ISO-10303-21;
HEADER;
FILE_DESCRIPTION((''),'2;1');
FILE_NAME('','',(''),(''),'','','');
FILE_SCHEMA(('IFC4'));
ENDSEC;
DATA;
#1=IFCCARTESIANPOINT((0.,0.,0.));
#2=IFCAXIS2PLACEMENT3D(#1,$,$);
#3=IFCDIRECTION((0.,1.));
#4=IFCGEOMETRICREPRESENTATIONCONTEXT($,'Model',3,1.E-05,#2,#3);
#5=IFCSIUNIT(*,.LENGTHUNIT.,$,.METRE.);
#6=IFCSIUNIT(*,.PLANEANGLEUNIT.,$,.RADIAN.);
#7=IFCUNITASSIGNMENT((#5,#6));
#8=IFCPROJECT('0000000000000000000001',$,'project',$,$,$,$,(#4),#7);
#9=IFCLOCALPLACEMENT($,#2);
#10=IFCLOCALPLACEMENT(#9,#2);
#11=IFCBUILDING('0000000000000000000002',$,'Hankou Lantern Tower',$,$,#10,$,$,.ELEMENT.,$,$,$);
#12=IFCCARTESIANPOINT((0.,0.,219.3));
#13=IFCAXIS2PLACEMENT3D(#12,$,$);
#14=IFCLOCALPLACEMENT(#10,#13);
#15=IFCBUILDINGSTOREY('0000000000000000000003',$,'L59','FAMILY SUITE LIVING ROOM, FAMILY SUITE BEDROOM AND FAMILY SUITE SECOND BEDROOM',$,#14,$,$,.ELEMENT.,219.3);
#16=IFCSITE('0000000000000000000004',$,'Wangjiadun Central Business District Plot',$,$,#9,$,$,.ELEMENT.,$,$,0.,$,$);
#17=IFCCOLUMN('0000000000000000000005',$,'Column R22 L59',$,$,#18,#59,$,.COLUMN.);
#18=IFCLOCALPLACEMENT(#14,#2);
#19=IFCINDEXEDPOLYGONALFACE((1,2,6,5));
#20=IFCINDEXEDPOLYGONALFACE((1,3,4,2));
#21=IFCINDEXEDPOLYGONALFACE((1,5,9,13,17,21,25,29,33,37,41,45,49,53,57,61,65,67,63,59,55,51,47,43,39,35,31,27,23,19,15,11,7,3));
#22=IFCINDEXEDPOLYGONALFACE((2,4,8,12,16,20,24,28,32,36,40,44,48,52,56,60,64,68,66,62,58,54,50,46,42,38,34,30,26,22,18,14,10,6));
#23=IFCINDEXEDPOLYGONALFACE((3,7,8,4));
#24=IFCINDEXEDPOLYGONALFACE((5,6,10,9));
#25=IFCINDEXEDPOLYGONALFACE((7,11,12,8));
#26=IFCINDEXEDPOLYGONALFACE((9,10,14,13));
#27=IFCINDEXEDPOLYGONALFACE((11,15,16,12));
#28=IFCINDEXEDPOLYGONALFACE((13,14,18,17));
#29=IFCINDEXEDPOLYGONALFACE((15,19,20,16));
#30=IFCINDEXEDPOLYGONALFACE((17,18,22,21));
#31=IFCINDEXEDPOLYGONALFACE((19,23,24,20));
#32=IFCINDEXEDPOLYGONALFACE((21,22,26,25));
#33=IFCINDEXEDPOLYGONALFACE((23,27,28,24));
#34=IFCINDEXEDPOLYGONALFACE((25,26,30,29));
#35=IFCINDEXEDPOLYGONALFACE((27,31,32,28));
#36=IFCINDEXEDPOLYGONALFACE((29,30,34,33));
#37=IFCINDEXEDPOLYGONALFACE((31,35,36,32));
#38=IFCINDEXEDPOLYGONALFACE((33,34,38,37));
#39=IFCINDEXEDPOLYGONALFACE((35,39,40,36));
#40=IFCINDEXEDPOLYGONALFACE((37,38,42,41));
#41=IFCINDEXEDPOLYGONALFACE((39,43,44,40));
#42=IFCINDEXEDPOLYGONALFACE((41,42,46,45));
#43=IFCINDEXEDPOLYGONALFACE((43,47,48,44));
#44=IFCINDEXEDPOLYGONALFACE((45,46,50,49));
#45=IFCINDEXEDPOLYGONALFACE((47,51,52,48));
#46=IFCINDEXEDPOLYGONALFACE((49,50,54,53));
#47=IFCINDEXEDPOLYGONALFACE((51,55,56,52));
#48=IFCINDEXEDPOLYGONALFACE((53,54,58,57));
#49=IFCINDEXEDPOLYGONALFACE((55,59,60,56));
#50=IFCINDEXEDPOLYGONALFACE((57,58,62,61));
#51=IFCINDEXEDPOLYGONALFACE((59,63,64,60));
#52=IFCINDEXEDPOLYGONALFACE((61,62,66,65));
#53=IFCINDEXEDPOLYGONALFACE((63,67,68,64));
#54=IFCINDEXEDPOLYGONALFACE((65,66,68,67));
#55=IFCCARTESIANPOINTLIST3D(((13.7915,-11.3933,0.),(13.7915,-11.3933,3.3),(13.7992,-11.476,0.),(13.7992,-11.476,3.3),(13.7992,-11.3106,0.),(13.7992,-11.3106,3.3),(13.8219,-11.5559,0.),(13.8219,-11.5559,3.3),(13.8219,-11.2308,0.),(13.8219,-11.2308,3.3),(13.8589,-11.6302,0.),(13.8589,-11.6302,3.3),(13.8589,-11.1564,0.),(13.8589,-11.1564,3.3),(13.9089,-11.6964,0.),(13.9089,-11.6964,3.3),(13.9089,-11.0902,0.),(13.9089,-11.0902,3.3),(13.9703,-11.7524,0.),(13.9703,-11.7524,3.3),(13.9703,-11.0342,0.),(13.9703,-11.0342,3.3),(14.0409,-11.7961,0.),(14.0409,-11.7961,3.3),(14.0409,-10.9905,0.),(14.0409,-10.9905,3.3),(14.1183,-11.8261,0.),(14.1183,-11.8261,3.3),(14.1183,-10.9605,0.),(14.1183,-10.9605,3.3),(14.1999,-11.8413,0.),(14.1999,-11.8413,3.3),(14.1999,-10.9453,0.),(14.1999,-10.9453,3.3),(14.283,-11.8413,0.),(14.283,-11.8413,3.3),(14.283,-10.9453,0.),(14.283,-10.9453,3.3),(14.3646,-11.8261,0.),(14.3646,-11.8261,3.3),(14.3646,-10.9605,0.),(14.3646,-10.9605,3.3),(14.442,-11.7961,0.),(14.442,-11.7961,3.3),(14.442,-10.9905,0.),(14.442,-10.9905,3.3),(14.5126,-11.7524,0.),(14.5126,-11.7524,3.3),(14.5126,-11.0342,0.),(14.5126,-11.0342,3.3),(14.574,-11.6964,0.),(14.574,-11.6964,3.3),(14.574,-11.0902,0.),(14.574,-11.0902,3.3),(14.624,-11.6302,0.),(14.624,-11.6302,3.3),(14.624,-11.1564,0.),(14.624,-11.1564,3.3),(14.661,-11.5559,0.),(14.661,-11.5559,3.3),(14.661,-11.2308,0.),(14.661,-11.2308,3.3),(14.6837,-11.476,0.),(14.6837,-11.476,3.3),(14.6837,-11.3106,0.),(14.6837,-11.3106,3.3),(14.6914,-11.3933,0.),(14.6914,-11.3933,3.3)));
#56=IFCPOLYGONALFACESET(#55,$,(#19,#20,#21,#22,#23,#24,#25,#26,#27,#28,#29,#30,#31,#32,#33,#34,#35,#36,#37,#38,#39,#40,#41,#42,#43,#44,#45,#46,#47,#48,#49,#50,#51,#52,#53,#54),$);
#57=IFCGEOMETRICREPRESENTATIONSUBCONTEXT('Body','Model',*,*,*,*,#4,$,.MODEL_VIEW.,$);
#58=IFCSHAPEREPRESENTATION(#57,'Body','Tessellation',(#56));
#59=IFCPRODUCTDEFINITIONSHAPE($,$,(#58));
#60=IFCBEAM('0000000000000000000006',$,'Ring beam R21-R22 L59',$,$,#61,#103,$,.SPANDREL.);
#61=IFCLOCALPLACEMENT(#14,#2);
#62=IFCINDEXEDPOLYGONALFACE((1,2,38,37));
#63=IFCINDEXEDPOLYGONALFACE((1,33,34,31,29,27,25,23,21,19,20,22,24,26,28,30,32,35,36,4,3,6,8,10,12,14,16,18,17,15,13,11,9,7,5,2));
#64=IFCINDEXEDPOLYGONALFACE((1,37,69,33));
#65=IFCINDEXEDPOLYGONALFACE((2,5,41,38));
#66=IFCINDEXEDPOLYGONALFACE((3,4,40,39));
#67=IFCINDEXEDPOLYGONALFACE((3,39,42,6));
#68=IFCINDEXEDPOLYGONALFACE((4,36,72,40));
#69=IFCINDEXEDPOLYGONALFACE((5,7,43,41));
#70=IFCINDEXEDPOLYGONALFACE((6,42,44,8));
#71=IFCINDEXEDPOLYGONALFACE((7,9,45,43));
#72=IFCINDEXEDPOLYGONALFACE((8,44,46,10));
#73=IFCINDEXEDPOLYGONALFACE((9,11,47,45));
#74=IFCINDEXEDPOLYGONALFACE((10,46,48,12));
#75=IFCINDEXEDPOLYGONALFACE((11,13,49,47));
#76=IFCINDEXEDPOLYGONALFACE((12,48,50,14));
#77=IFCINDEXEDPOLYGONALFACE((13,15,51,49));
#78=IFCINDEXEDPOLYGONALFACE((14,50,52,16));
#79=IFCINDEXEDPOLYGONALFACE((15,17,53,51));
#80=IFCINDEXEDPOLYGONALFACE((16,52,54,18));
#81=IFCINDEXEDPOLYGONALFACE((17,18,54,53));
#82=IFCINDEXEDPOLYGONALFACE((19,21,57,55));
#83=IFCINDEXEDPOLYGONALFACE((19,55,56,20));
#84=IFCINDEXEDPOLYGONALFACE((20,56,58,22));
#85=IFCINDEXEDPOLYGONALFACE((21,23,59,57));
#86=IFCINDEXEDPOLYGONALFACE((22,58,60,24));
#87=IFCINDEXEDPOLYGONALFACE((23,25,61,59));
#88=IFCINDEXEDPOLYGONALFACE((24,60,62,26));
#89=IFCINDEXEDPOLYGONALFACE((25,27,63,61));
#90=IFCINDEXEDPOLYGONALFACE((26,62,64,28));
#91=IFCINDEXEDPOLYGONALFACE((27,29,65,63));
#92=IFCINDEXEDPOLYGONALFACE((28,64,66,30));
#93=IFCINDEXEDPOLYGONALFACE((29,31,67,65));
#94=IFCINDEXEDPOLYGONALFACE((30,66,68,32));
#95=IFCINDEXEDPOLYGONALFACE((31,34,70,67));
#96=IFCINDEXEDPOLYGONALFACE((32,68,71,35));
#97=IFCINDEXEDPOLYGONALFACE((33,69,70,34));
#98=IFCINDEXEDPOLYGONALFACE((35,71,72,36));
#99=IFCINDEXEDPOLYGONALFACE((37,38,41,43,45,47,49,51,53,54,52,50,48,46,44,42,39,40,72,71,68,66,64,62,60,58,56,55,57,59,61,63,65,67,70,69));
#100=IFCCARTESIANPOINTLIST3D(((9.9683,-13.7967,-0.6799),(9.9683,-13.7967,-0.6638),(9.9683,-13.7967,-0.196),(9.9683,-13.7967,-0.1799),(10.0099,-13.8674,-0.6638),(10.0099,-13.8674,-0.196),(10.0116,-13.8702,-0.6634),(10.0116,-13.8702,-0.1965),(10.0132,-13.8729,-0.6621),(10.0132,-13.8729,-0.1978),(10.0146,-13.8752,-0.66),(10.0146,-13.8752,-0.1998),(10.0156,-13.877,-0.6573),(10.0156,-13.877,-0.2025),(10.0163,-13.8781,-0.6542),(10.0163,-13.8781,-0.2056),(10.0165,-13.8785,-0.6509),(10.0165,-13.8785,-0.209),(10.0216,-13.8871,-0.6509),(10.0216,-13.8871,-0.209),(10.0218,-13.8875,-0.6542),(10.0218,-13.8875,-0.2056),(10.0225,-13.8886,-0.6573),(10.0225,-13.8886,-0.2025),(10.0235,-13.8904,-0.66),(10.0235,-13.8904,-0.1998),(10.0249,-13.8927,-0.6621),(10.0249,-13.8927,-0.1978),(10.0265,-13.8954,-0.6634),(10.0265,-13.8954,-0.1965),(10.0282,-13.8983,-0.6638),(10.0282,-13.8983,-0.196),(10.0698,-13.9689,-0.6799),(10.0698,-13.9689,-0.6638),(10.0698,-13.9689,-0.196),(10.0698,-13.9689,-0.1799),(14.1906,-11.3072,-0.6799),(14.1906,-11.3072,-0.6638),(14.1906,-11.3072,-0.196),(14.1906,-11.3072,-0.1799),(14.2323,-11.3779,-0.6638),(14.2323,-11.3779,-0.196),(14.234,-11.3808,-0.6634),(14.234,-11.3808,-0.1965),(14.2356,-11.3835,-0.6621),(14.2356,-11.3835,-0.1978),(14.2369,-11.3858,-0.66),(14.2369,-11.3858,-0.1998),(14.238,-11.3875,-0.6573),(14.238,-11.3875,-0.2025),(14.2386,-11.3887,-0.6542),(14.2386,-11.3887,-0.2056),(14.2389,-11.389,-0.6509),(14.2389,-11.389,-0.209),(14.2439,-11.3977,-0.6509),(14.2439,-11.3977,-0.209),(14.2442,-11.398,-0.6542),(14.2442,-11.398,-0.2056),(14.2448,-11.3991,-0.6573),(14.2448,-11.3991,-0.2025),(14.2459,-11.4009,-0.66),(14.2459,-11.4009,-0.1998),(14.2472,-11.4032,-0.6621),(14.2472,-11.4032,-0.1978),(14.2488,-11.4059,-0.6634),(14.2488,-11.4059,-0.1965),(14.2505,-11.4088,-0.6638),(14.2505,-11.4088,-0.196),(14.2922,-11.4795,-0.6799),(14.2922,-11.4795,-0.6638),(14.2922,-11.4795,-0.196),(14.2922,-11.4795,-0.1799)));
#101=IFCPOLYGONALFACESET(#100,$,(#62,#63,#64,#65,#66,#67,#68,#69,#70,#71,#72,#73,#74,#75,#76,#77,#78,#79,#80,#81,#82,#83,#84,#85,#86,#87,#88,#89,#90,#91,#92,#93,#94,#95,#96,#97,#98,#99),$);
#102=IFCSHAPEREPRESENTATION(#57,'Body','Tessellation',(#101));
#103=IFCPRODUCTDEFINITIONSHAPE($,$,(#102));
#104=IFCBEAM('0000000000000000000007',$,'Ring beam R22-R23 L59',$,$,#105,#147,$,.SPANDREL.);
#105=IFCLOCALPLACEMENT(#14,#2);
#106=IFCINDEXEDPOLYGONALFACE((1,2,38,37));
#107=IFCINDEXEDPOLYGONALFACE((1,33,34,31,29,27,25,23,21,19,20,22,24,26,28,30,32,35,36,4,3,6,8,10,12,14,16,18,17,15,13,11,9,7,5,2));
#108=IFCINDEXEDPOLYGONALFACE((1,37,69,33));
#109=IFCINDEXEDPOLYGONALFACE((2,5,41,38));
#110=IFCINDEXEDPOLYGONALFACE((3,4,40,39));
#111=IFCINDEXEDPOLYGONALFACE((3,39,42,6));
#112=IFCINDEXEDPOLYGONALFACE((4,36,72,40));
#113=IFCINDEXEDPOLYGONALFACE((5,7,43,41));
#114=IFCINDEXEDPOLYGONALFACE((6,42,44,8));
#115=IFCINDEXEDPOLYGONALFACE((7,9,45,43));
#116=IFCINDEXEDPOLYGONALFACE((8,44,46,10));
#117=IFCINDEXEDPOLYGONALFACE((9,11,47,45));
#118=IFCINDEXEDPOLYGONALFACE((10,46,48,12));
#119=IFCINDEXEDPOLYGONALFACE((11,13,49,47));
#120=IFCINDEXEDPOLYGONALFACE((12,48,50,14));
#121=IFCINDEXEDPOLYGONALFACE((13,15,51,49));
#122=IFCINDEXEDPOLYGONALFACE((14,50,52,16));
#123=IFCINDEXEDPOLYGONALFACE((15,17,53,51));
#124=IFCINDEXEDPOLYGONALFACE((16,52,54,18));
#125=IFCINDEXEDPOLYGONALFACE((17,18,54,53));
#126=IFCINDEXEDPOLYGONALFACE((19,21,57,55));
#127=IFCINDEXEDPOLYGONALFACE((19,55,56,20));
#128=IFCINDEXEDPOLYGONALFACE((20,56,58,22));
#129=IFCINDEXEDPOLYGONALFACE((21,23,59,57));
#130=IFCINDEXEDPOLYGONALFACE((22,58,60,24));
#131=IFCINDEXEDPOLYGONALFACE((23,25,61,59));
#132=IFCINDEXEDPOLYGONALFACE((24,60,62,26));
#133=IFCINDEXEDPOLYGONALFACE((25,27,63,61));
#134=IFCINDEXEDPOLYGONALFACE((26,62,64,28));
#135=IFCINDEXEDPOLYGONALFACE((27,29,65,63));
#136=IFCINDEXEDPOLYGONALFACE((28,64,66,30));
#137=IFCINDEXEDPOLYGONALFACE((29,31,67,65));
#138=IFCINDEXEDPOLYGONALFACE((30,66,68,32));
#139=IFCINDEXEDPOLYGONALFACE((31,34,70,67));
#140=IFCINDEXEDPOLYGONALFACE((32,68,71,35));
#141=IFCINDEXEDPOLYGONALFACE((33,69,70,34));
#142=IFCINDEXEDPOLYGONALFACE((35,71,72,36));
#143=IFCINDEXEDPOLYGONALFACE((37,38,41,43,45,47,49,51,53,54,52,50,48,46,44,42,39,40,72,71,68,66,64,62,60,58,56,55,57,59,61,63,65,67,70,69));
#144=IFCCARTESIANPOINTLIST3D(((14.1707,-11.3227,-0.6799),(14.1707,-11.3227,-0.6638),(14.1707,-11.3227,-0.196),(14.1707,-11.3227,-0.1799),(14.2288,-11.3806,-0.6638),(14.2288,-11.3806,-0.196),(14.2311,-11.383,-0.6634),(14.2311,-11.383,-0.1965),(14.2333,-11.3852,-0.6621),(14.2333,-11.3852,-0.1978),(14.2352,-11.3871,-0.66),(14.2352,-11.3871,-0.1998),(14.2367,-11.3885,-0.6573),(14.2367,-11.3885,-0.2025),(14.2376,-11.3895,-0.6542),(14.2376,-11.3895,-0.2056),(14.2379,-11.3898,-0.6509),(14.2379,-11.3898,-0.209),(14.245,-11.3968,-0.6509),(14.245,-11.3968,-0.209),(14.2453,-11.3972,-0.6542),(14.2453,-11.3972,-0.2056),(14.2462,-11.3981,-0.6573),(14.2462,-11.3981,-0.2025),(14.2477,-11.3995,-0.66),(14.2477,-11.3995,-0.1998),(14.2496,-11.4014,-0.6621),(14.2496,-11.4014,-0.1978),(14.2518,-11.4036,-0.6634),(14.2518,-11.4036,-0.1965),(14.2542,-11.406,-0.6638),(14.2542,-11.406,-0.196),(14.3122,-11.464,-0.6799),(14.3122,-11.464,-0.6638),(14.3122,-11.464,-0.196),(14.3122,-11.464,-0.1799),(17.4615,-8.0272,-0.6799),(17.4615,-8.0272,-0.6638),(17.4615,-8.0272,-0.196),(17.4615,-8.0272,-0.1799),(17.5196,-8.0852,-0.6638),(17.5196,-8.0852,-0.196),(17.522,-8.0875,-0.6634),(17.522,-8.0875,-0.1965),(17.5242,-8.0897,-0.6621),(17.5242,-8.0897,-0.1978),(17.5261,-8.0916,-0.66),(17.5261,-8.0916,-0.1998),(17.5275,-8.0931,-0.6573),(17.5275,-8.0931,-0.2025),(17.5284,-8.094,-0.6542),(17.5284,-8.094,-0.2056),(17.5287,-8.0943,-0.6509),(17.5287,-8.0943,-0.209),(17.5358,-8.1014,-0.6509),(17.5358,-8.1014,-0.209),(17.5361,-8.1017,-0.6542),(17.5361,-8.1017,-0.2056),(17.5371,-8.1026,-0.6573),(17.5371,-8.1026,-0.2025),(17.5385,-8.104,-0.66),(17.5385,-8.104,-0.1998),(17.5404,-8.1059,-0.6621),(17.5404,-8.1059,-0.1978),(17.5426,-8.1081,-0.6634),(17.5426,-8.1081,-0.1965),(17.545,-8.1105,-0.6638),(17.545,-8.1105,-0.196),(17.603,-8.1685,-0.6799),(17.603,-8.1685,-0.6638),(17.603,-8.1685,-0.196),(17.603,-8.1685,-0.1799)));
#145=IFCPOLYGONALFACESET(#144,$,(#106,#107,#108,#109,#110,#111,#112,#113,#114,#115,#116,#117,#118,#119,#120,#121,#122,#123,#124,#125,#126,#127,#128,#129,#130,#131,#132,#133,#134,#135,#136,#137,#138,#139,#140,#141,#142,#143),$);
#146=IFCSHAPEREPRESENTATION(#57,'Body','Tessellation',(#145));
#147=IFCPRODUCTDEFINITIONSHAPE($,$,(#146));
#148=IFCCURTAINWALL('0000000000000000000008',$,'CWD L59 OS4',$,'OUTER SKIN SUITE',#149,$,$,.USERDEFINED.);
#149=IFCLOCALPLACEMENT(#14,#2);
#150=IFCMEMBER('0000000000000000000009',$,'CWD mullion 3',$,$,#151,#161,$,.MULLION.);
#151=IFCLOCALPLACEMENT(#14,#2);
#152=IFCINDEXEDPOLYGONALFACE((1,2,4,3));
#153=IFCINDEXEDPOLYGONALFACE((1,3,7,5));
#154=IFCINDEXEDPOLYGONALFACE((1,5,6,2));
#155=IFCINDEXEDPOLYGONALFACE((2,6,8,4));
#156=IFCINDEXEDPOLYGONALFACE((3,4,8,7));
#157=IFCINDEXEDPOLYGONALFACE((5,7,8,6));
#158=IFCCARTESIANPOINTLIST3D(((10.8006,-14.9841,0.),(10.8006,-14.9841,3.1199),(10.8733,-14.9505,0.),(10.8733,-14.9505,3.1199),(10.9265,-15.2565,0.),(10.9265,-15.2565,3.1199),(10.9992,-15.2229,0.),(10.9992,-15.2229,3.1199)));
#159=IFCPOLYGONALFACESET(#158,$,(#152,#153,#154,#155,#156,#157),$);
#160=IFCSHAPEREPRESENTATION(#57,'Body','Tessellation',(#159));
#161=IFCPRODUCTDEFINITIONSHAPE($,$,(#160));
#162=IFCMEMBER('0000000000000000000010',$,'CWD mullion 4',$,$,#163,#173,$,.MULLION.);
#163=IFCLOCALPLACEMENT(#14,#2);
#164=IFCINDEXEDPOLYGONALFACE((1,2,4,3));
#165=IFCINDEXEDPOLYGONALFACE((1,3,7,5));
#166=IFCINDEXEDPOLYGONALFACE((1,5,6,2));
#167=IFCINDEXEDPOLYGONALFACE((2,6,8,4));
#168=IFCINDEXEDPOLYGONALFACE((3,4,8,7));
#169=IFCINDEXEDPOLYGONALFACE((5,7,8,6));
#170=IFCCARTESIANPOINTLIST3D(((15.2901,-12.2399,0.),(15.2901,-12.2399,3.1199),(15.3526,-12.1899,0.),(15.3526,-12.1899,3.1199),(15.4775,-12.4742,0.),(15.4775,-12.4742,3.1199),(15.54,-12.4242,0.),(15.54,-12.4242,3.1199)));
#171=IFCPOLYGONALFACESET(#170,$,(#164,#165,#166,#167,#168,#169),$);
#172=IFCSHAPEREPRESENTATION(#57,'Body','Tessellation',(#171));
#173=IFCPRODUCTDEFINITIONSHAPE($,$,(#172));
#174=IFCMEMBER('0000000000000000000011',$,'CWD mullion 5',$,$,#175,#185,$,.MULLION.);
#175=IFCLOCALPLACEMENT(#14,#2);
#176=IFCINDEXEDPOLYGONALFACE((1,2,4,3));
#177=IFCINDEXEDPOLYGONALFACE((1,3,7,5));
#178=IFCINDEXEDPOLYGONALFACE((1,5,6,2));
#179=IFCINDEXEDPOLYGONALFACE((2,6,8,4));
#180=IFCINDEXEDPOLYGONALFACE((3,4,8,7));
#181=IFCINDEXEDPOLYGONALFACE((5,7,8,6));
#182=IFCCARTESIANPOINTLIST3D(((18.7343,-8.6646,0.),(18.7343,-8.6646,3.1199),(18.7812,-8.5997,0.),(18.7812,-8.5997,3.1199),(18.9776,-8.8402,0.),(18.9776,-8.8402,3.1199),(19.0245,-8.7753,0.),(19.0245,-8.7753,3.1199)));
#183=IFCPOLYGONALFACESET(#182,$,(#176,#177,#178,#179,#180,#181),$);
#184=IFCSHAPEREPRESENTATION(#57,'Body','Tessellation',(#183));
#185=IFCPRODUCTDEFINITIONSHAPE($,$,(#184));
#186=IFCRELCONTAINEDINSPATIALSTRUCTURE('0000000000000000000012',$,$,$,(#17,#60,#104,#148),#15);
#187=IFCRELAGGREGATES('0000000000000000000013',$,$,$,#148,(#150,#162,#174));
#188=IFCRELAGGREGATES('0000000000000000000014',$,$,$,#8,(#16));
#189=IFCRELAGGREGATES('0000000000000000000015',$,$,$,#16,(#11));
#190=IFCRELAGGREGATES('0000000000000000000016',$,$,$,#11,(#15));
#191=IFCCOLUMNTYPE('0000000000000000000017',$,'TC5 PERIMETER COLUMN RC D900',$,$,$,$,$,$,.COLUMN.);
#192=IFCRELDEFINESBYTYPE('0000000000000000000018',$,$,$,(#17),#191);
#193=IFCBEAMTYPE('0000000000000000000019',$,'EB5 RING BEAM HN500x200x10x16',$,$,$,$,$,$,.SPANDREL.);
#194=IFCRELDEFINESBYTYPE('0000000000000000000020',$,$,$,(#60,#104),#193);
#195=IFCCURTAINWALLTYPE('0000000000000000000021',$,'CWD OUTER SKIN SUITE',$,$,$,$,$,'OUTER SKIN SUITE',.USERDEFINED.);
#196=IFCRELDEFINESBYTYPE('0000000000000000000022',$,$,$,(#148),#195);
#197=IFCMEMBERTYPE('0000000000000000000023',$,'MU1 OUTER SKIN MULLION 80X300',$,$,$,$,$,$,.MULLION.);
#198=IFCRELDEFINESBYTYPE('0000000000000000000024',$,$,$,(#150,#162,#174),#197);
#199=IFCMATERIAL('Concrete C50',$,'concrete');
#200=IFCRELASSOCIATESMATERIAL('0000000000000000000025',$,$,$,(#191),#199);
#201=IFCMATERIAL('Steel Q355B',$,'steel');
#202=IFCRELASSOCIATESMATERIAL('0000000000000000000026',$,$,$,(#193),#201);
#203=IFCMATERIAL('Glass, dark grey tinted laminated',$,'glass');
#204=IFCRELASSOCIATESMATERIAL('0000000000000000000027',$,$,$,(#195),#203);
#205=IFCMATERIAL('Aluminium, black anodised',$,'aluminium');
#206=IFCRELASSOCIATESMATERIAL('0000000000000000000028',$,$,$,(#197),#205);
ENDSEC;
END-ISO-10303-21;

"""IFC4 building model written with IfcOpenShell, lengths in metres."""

from ifc_helpers import new_model, si_unit, direction, frame, origin, origin_2d, place, context, subcontext, project, spatial, rectangle, circle, i_section, extrude, material, material_profile, profile_set, type_object, element, aggregate, save


model = new_model("IFC4")

# Units and contexts
model_context = context("Model", 3, precision=1e-05, world=origin(), true_north=direction((0.0, 1.0)))
body_context = subcontext(model_context, "Body", "Model", "MODEL_VIEW")
ifc_project = project(units=[si_unit("LENGTHUNIT", "METRE"), si_unit("PLANEANGLEUNIT", "RADIAN")], contexts=[model_context])

# Site, building, storey
site_placement = place(None, origin())
site = spatial("IfcSite", under=ifc_project, at=site_placement, Name="Wangjiadun Central Business District Plot", CompositionType="ELEMENT", RefElevation=0.0)
building_placement = place(site_placement, origin())
building = spatial("IfcBuilding", under=site, at=building_placement, Name="Hankou Lantern Tower", CompositionType="ELEMENT")
storey_placement = place(building_placement, frame((0.0, 0.0, 219.3)))
storey = spatial("IfcBuildingStorey", under=building, at=storey_placement, Name="L59", Description="FAMILY SUITE LIVING ROOM, FAMILY SUITE BEDROOM AND FAMILY SUITE SECOND BEDROOM", CompositionType="ELEMENT", Elevation=219.3)

# Column
ifc_material_1 = material(Name="Concrete C50", Category="concrete")
ifc_material_profile_1 = material_profile(ifc_material_1, circle(Radius=0.45, at=origin_2d()), Name="RC D900")
ifc_profile_set_1 = profile_set([ifc_material_profile_1], Name="Concrete C50")
column_type = type_object("IfcColumnType", Name="TC5 PERIMETER COLUMN RC D900", PredefinedType="COLUMN", material=ifc_profile_set_1)
column_placement = place(storey_placement, frame((14.2415, -11.3933, 0.0), z_axis=(0.0, 0.0, 1.0), x_axis=(1.0, 0.0, 0.0)))
element("IfcColumn", 1, at=column_placement, inside=storey, type_object=column_type, Name="Column R22 L59", PredefinedType="COLUMN", context=body_context, shape_type="SweptSolid", body=[
    extrude(circle(Radius=0.45, at=origin_2d()), origin(), (0.0, 0.0, 1.0), 3.3),
])

# Beams
ifc_material_2 = material(Name="Steel Q355B", Category="steel")
ifc_material_profile_2 = material_profile(ifc_material_2, i_section(OverallWidth=0.2, OverallDepth=0.5, WebThickness=0.01, FlangeThickness=0.0161, FilletRadius=0.0129, at=origin_2d()), Name="HN500x200x10x16")
ifc_profile_set_2 = profile_set([ifc_material_profile_2], Name="Steel Q355B")
beam_type_1 = type_object("IfcBeamType", Name="EB5 RING BEAM HN500x200x10x16", PredefinedType="SPANDREL", material=ifc_profile_set_2)
beam_1_placement = place(storey_placement, frame((10.019, -13.8828, -0.4299), z_axis=(0.861423, 0.507888, 0.0), x_axis=(-0.507888, 0.861423, 0.0)))
element("IfcBeam", 2, at=beam_1_placement, inside=storey, type_object=beam_type_1, Name="Ring beam R21-R22 L59", PredefinedType="SPANDREL", context=body_context, shape_type="SweptSolid", body=[
    extrude(i_section(OverallWidth=0.2, OverallDepth=0.5, WebThickness=0.01, FlangeThickness=0.0161, FilletRadius=0.0129, at=origin_2d()), origin(), (0.0, 0.0, 1.0), 4.9016),
])
beam_2_placement = place(storey_placement, frame((14.2415, -11.3933, -0.4299), z_axis=(0.706609, 0.707605, 0.0), x_axis=(-0.707605, 0.706609, 0.0)))
element("IfcBeam", 3, at=beam_2_placement, inside=storey, type_object=beam_type_1, Name="Ring beam R22-R23 L59", PredefinedType="SPANDREL", context=body_context, shape_type="SweptSolid", body=[
    extrude(i_section(OverallWidth=0.2, OverallDepth=0.5, WebThickness=0.01, FlangeThickness=0.0161, FilletRadius=0.0129, at=origin_2d()), origin(), (0.0, 0.0, 1.0), 4.6572),
])

# Curtain wall, members
ifc_material_3 = material(Name="Glass, dark grey tinted laminated", Category="glass")
curtain_wall_type = type_object("IfcCurtainWallType", Name="CWD OUTER SKIN SUITE", ElementType="OUTER SKIN SUITE", PredefinedType="USERDEFINED", material=ifc_material_3)
curtain_wall_placement = place(storey_placement, origin())
curtain_wall = element("IfcCurtainWall", 4, at=curtain_wall_placement, inside=storey, type_object=curtain_wall_type, Name="CWD L59 OS4", ObjectType="OUTER SKIN SUITE", PredefinedType="USERDEFINED")
ifc_material_4 = material(Name="Aluminium, black anodised", Category="aluminium")
ifc_material_profile_3 = material_profile(ifc_material_4, rectangle(XDim=0.0801, YDim=0.3, at=origin_2d()), Name="MU1 80X300")
ifc_profile_set_3 = profile_set([ifc_material_profile_3], Name="Aluminium, black anodised")
member_type_1 = type_object("IfcMemberType", Name="MU1 OUTER SKIN MULLION 80X300", PredefinedType="MULLION", material=ifc_profile_set_3)
member_1_placement = place(storey_placement, frame((10.8999, -15.1035, 0.0), z_axis=(0.0, 0.0, 1.0), x_axis=(0.907841, 0.419314, 0.0)))
member_1 = element("IfcMember", 5, at=member_1_placement, type_object=member_type_1, Name="CWD mullion 3", PredefinedType="MULLION", context=body_context, shape_type="SweptSolid", body=[
    extrude(rectangle(XDim=0.0801, YDim=0.3, at=origin_2d()), origin(), (0.0, 0.0, 1.0), 3.1199),
])
member_2_placement = place(storey_placement, frame((15.415, -12.332, 0.0), z_axis=(0.0, 0.0, 1.0), x_axis=(0.780869, 0.624695, 0.0)))
member_2 = element("IfcMember", 6, at=member_2_placement, type_object=member_type_1, Name="CWD mullion 4", PredefinedType="MULLION", context=body_context, shape_type="SweptSolid", body=[
    extrude(rectangle(XDim=0.0801, YDim=0.3, at=origin_2d()), origin(), (0.0, 0.0, 1.0), 3.1199),
])
member_3_placement = place(storey_placement, frame((18.8794, -8.72, 0.0), z_axis=(0.0, 0.0, 1.0), x_axis=(0.585206, 0.810885, 0.0)))
member_3 = element("IfcMember", 7, at=member_3_placement, type_object=member_type_1, Name="CWD mullion 5", PredefinedType="MULLION", context=body_context, shape_type="SweptSolid", body=[
    extrude(rectangle(XDim=0.0801, YDim=0.3, at=origin_2d()), origin(), (0.0, 0.0, 1.0), 3.1199),
])

aggregate(curtain_wall, [member_1, member_2, member_3])

save(model, "model.ifc")
